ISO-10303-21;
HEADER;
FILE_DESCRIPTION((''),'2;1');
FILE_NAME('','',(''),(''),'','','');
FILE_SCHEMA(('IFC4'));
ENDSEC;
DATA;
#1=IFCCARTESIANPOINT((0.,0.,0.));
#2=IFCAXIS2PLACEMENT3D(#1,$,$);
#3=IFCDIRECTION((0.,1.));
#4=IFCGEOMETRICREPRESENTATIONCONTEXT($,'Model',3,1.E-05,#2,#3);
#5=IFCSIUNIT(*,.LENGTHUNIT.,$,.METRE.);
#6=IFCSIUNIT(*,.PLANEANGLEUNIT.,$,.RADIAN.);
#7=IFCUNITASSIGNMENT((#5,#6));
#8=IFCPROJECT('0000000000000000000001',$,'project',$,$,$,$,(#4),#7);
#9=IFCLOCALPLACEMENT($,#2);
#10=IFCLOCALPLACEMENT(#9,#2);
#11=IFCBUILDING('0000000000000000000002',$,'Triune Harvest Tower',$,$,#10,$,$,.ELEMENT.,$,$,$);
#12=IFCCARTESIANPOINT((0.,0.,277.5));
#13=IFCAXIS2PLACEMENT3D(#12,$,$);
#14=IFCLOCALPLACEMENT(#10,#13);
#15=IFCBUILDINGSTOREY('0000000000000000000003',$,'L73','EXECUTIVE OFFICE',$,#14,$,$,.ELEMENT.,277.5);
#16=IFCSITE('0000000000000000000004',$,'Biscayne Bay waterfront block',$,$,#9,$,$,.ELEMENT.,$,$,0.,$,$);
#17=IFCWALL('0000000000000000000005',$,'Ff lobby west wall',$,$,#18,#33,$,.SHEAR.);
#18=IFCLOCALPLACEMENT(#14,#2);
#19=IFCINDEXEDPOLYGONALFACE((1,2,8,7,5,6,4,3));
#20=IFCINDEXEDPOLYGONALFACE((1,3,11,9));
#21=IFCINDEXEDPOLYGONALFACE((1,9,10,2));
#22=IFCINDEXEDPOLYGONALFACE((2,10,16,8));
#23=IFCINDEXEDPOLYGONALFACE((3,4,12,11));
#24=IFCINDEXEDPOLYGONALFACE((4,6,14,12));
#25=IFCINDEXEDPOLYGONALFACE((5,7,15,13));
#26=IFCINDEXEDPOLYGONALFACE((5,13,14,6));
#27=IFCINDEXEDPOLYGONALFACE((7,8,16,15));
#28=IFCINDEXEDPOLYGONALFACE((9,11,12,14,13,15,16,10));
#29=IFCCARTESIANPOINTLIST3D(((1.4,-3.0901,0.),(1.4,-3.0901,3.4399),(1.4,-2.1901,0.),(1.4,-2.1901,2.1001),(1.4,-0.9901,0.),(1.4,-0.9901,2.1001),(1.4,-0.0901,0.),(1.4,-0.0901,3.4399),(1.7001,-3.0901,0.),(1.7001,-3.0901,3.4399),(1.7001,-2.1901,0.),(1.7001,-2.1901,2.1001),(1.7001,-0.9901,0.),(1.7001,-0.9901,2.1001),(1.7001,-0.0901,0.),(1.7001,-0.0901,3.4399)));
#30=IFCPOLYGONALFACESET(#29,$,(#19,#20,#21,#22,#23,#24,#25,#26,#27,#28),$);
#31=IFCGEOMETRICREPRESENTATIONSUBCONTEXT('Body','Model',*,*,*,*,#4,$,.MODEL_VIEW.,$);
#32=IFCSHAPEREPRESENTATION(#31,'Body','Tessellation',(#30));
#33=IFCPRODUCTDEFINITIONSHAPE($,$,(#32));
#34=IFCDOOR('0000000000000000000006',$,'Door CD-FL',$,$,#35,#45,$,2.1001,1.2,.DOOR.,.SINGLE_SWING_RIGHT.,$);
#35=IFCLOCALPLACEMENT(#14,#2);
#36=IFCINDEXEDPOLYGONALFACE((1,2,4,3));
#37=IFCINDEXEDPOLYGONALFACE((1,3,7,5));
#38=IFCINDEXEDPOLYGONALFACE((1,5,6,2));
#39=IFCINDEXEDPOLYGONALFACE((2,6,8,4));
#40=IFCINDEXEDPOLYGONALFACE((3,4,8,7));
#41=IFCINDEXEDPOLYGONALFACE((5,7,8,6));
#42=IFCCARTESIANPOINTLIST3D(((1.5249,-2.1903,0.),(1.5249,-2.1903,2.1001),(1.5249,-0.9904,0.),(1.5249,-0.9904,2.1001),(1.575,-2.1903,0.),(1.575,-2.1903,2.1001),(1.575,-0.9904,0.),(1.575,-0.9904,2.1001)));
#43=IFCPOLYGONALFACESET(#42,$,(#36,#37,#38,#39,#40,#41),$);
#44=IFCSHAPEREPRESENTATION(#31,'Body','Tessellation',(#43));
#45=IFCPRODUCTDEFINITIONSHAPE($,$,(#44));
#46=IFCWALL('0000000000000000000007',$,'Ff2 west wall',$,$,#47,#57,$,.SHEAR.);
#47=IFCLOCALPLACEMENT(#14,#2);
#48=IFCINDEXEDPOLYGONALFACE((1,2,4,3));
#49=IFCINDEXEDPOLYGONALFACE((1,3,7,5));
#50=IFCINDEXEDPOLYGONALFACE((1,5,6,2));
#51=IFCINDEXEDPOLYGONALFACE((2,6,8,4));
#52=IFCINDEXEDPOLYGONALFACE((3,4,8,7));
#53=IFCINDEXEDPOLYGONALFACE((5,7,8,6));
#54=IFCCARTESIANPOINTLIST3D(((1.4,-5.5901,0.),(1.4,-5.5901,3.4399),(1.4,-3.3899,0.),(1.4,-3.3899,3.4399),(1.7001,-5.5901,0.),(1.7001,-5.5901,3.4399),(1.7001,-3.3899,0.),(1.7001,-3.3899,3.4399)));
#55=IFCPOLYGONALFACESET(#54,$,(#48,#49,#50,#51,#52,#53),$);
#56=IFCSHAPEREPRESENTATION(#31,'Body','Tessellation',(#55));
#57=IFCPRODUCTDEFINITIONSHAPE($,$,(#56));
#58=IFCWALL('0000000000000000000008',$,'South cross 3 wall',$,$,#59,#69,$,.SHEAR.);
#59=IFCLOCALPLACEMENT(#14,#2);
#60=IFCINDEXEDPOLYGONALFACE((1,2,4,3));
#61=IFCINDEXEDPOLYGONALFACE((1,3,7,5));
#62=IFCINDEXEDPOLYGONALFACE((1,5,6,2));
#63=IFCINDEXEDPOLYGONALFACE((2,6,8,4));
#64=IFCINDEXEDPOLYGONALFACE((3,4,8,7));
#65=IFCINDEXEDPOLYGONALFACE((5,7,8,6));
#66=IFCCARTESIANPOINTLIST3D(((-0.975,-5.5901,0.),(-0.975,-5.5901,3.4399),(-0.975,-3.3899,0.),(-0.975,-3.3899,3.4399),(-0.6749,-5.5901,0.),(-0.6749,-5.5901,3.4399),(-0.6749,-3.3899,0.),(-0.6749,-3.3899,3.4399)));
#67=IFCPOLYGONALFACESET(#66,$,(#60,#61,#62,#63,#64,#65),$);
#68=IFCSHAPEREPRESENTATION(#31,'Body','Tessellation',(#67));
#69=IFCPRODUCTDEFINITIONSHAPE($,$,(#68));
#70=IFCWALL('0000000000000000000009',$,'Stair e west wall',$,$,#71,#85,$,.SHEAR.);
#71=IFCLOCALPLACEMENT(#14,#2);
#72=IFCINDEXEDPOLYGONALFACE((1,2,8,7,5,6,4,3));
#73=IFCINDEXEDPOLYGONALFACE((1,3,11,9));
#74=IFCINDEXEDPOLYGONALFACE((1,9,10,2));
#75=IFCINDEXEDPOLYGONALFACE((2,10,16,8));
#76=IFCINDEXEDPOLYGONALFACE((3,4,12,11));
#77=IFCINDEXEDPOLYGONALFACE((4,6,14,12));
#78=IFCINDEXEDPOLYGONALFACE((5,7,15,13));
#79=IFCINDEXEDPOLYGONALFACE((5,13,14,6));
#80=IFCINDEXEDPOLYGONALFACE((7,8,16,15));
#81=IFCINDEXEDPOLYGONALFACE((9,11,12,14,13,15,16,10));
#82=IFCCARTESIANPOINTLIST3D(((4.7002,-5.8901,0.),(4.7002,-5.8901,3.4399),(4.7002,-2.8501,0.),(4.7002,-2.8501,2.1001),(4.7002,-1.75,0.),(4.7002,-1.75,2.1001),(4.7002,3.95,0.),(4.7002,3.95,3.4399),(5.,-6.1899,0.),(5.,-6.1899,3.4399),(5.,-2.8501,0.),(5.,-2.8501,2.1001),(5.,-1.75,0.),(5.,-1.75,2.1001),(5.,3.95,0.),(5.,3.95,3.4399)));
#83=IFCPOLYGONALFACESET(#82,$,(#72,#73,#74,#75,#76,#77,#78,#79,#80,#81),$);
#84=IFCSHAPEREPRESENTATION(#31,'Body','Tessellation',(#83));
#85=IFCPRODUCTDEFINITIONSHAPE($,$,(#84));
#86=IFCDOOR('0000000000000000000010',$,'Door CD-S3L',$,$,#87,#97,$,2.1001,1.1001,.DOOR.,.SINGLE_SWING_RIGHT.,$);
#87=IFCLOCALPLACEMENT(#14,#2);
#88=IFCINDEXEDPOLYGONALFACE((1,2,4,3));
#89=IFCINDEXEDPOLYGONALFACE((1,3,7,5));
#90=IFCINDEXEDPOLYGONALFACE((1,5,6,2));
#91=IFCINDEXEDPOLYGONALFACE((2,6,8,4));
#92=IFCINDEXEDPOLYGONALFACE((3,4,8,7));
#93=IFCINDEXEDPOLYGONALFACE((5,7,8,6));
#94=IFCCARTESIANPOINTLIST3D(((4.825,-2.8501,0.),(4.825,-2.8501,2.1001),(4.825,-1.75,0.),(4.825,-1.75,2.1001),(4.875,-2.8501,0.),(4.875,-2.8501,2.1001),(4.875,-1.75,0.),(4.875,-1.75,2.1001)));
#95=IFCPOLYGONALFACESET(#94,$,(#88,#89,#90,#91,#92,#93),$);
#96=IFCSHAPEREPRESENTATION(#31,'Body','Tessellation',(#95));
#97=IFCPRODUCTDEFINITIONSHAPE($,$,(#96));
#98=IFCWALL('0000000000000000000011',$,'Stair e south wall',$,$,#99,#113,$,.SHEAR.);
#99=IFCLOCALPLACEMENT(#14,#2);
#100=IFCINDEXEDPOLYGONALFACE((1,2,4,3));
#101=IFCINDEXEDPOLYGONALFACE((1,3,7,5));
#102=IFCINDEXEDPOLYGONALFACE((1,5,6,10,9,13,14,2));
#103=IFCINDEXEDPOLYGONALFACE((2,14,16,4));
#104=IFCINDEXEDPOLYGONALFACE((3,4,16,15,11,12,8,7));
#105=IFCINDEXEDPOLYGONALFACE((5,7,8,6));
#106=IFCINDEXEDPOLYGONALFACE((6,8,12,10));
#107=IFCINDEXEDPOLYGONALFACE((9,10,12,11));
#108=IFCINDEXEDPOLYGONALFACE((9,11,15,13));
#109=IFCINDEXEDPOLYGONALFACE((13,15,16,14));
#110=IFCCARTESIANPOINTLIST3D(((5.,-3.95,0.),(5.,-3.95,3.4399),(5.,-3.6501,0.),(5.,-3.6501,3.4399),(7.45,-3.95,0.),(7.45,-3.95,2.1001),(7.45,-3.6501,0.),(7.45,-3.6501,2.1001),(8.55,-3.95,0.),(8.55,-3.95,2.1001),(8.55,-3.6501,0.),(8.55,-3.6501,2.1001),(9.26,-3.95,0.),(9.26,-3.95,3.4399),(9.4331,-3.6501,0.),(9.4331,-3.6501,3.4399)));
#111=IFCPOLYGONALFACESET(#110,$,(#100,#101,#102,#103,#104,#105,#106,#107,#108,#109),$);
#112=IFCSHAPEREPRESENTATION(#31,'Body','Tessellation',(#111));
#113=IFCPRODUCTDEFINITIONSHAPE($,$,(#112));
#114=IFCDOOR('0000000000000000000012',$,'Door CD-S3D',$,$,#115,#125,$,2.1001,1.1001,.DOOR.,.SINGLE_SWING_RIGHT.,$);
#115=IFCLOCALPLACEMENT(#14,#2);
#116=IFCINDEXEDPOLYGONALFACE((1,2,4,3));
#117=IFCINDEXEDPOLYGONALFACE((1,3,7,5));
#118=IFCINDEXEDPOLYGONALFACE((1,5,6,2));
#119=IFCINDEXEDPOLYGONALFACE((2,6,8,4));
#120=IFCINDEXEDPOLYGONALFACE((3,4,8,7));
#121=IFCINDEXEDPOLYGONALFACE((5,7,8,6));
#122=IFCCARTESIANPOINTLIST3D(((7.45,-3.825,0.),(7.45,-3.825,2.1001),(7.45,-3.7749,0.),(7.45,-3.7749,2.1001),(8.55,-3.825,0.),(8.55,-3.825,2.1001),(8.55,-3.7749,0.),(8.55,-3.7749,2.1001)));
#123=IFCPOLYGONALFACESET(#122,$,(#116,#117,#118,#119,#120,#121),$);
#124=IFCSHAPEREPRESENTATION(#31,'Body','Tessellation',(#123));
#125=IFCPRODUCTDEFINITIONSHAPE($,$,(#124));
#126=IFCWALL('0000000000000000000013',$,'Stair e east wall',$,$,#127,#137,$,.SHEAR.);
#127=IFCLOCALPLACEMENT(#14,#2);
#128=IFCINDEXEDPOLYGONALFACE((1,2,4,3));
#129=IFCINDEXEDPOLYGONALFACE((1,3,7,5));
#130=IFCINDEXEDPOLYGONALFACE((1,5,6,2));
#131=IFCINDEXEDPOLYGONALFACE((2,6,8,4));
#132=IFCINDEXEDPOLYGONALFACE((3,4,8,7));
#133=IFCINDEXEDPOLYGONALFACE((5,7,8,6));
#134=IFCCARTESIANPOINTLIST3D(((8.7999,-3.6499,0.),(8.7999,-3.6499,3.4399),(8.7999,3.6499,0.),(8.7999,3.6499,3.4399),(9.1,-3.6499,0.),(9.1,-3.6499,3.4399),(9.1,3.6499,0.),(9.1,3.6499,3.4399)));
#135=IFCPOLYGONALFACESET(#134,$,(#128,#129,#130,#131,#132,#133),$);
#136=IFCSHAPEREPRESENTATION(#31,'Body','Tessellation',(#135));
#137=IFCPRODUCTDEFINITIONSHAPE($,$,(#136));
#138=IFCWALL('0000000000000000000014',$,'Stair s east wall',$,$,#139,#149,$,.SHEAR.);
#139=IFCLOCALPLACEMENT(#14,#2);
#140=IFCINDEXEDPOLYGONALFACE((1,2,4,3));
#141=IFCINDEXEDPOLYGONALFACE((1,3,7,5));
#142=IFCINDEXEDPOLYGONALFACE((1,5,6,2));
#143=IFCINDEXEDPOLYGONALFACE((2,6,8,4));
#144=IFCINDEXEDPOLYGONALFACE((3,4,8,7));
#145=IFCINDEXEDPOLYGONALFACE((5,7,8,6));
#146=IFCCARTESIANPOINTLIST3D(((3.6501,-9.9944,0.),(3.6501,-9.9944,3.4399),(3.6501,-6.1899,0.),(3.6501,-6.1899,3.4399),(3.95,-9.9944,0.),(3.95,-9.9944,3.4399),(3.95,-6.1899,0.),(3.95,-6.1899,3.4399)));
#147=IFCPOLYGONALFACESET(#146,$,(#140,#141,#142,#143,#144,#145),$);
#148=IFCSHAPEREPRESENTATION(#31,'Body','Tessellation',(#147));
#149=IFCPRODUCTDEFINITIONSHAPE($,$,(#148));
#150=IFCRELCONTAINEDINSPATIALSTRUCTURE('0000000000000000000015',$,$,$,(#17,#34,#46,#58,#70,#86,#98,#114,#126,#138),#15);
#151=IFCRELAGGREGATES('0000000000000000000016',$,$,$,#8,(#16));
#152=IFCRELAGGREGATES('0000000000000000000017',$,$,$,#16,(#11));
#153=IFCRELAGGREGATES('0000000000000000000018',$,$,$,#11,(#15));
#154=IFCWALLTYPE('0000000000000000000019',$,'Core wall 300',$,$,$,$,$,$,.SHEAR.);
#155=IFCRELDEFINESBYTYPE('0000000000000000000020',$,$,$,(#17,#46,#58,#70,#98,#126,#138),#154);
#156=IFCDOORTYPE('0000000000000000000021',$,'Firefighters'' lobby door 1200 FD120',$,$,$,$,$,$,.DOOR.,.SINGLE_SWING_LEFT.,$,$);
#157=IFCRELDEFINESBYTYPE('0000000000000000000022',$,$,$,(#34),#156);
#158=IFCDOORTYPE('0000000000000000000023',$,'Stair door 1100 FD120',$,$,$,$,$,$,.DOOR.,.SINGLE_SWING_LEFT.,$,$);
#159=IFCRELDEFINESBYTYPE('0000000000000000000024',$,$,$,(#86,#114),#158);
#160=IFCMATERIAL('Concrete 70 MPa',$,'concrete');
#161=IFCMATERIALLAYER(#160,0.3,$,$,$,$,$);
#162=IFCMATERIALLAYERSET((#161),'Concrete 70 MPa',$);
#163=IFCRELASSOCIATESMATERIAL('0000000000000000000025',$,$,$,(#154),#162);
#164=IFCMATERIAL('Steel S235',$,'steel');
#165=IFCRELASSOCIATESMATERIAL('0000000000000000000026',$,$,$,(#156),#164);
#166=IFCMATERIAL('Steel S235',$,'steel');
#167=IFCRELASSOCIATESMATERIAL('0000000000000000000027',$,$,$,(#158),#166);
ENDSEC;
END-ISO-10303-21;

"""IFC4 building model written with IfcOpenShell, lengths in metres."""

from ifc_helpers import new_model, si_unit, direction, frame, frame_2d, origin, place, context, subcontext, project, spatial, polyline, rectangle, outline, extrude, source, transform, mapped, material, layer, layer_set, type_object, element, fill, save


model = new_model("IFC4")

# Units and contexts
model_context = context("Model", 3, precision=1e-05, world=origin(), true_north=direction((0.0, 1.0)))
body_context = subcontext(model_context, "Body", "Model", "MODEL_VIEW")
ifc_project = project(units=[si_unit("LENGTHUNIT", "METRE"), si_unit("PLANEANGLEUNIT", "RADIAN")], contexts=[model_context])

# Site, building, storey
site_placement = place(None, origin())
site = spatial("IfcSite", under=ifc_project, at=site_placement, Name="Biscayne Bay waterfront block", CompositionType="ELEMENT", RefElevation=0.0)
building_placement = place(site_placement, origin())
building = spatial("IfcBuilding", under=site, at=building_placement, Name="Triune Harvest Tower", CompositionType="ELEMENT")
storey_placement = place(building_placement, frame((0.0, 0.0, 277.5)))
storey = spatial("IfcBuildingStorey", under=building, at=storey_placement, Name="L73", Description="EXECUTIVE OFFICE", CompositionType="ELEMENT", Elevation=277.5)

# Shared definitions
ifc_material_1 = material(Name="Concrete 70 MPa", Category="concrete")
ifc_layer_1 = layer(ifc_material_1, 0.3)
ifc_layer_set_1 = layer_set([ifc_layer_1], Name="Concrete 70 MPa")
wall_type_1 = type_object("IfcWallType", Name="Core wall 300", PredefinedType="SHEAR", material=ifc_layer_set_1)

# Wall, opening, door
shared_shape_1 = source(origin(), body_context, "Body", "SweptSolid", [
    extrude(rectangle(XDim=3.0, YDim=0.3, at=frame_2d((1.5, 0.0))), origin(), (0.0, 0.0, 1.0), 3.4399),
])
wall_1_placement = place(storey_placement, frame((1.55, -3.0901, 0.0), z_axis=(0.0, 0.0, 1.0), x_axis=(0.0, 1.0, 0.0)))
wall_1 = element("IfcWall", 1, at=wall_1_placement, inside=storey, type_object=wall_type_1, Name="Ff lobby west wall", PredefinedType="SHEAR", context=body_context, shape_type="MappedRepresentation", body=[
    mapped(shared_shape_1, transform((0.0, 0.0, 0.0), scale=1.0)),
])
opening_1_placement = place(wall_1_placement, frame((0.8999, 0.0, 0.0)))
opening_1 = element("IfcOpeningElement", 2, at=opening_1_placement, cuts=wall_1, PredefinedType="OPENING", context=body_context, shape_type="SweptSolid", body=[
    extrude(rectangle(XDim=1.2, YDim=2.1001, at=frame_2d((0.6001, 1.05))), frame((0.0, 0.1602, 0.0), z_axis=(0.0, -1.0, 0.0), x_axis=(1.0, 0.0, 0.0)), (0.0, 0.0, 1.0), 0.3201),
])
ifc_material_2 = material(Name="Steel S235", Category="steel")
door_type_1 = type_object("IfcDoorType", Name="Firefighters' lobby door 1200 FD120", OperationType="SINGLE_SWING_LEFT", PredefinedType="DOOR", material=ifc_material_2)
door_1_placement = place(opening_1_placement, frame((1.2, 0.0, 0.0), z_axis=(0.0, 0.0, 1.0), x_axis=(-1.0, 0.0, 0.0)))
door_1 = element("IfcDoor", 3, at=door_1_placement, inside=storey, type_object=door_type_1, Name="Door CD-FL", OperationType="SINGLE_SWING_RIGHT", OverallHeight=2.1001, OverallWidth=1.2, PredefinedType="DOOR", context=body_context, shape_type="SweptSolid", body=[
    extrude(rectangle(XDim=1.2, YDim=2.1001, at=frame_2d((0.6001, 1.05))), frame((0.0, 0.0249, 0.0), z_axis=(0.0, -1.0, 0.0), x_axis=(1.0, 0.0, 0.0)), (0.0, 0.0, 1.0), 0.05),
])
fill(opening_1, door_1)

# Walls
shared_shape_2 = source(origin(), body_context, "Body", "SweptSolid", [
    extrude(rectangle(XDim=2.2002, YDim=0.3, at=frame_2d((1.1001, 0.0))), origin(), (0.0, 0.0, 1.0), 3.4399),
])
for number, where, z_axis, x_axis, name in (
    (4, (1.55, -5.5901, 0.0), (0.0, 0.0, 1.0), (0.0, 1.0, 0.0), "Ff2 west wall"),
    (5, (-0.825, -5.5901, 0.0), (0.0, 0.0, 1.0), (0.0, 1.0, 0.0), "South cross 3 wall"),
):
    element("IfcWall", number, at=place(storey_placement, frame(where, z_axis=z_axis, x_axis=x_axis)), inside=storey, type_object=wall_type_1, Name=name, PredefinedType="SHEAR", context=body_context, shape_type="MappedRepresentation", body=[
        mapped(shared_shape_2, transform((0.0, 0.0, 0.0), scale=1.0)),
    ])

# Walls, openings, doors
shared_shape_3 = source(origin(), body_context, "Body", "SweptSolid", [
    extrude(outline(polyline([(-0.1499, -0.1499), (9.99, -0.1499), (9.99, 0.1499), (0.1499, 0.1499), (-0.1499, -0.1499)])), origin(), (0.0, 0.0, 1.0), 3.4399),
])
wall_2_placement = place(storey_placement, frame((4.8501, -6.04, 0.0), z_axis=(0.0, 0.0, 1.0), x_axis=(0.0, 1.0, 0.0)))
wall_2 = element("IfcWall", 6, at=wall_2_placement, inside=storey, type_object=wall_type_1, Name="Stair e west wall", PredefinedType="SHEAR", context=body_context, shape_type="MappedRepresentation", body=[
    mapped(shared_shape_3, transform((0.0, 0.0, 0.0), scale=1.0)),
])
opening_2_placement = place(wall_2_placement, frame((3.1899, 0.0, 0.0)))
opening_2 = element("IfcOpeningElement", 7, at=opening_2_placement, cuts=wall_2, PredefinedType="OPENING", context=body_context, shape_type="SweptSolid", body=[
    extrude(rectangle(XDim=1.1001, YDim=2.1001, at=frame_2d((0.55, 1.05))), frame((0.0, 0.1602, 0.0), z_axis=(0.0, -1.0, 0.0), x_axis=(1.0, 0.0, 0.0)), (0.0, 0.0, 1.0), 0.3201),
])
ifc_material_3 = material(Name="Steel S235", Category="steel")
door_type_2 = type_object("IfcDoorType", Name="Stair door 1100 FD120", OperationType="SINGLE_SWING_LEFT", PredefinedType="DOOR", material=ifc_material_3)
door_2_placement = place(opening_2_placement, frame((1.1001, 0.0, 0.0), z_axis=(0.0, 0.0, 1.0), x_axis=(-1.0, 0.0, 0.0)))
door_2 = element("IfcDoor", 8, at=door_2_placement, inside=storey, type_object=door_type_2, Name="Door CD-S3L", OperationType="SINGLE_SWING_RIGHT", OverallHeight=2.1001, OverallWidth=1.1001, PredefinedType="DOOR", context=body_context, shape_type="SweptSolid", body=[
    extrude(rectangle(XDim=1.1001, YDim=2.1001, at=frame_2d((0.55, 1.05))), frame((0.0, 0.0249, 0.0), z_axis=(0.0, -1.0, 0.0), x_axis=(1.0, 0.0, 0.0)), (0.0, 0.0, 1.0), 0.05),
])
fill(opening_2, door_2)
shared_shape_4 = source(origin(), body_context, "Body", "SweptSolid", [
    extrude(outline(polyline([(0.0, -0.1499), (0.0, 0.1499), (4.4331, 0.1499), (4.26, -0.1499), (0.0, -0.1499)])), origin(), (0.0, 0.0, 1.0), 3.4399),
])
wall_3_placement = place(storey_placement, frame((5.0, -3.8, 0.0), z_axis=(0.0, 0.0, 1.0), x_axis=(1.0, 0.0, 0.0)))
wall_3 = element("IfcWall", 9, at=wall_3_placement, inside=storey, type_object=wall_type_1, Name="Stair e south wall", PredefinedType="SHEAR", context=body_context, shape_type="MappedRepresentation", body=[
    mapped(shared_shape_4, transform((0.0, 0.0, 0.0), scale=1.0)),
])
opening_3_placement = place(wall_3_placement, frame((2.45, 0.0, 0.0)))
opening_3 = element("IfcOpeningElement", 10, at=opening_3_placement, cuts=wall_3, PredefinedType="OPENING", context=body_context, shape_type="SweptSolid", body=[
    extrude(rectangle(XDim=1.1001, YDim=2.1001, at=frame_2d((0.55, 1.05))), frame((0.0, 0.1602, 0.0), z_axis=(0.0, -1.0, 0.0), x_axis=(1.0, 0.0, 0.0)), (0.0, 0.0, 1.0), 0.3201),
])
door_3_placement = place(opening_3_placement, frame((1.1001, 0.0, 0.0), z_axis=(0.0, 0.0, 1.0), x_axis=(-1.0, 0.0, 0.0)))
door_3 = element("IfcDoor", 11, at=door_3_placement, inside=storey, type_object=door_type_2, Name="Door CD-S3D", OperationType="SINGLE_SWING_RIGHT", OverallHeight=2.1001, OverallWidth=1.1001, PredefinedType="DOOR", context=body_context, shape_type="SweptSolid", body=[
    extrude(rectangle(XDim=1.1001, YDim=2.1001, at=frame_2d((0.55, 1.05))), frame((0.0, 0.0249, 0.0), z_axis=(0.0, -1.0, 0.0), x_axis=(1.0, 0.0, 0.0)), (0.0, 0.0, 1.0), 0.05),
])
fill(opening_3, door_3)

# Walls
shared_shape_5 = source(origin(), body_context, "Body", "SweptSolid", [
    extrude(rectangle(XDim=7.2998, YDim=0.3, at=frame_2d((3.6499, 0.0))), origin(), (0.0, 0.0, 1.0), 3.4399),
])
wall_4_placement = place(storey_placement, frame((8.95, -3.6499, 0.0), z_axis=(0.0, 0.0, 1.0), x_axis=(0.0, 1.0, 0.0)))
element("IfcWall", 12, at=wall_4_placement, inside=storey, type_object=wall_type_1, Name="Stair e east wall", PredefinedType="SHEAR", context=body_context, shape_type="MappedRepresentation", body=[
    mapped(shared_shape_5, transform((0.0, 0.0, 0.0), scale=1.0)),
])
shared_shape_6 = source(origin(), body_context, "Body", "SweptSolid", [
    extrude(outline(polyline([(3.8, -0.1499), (-0.0044, -0.1499), (-0.0044, 0.1499), (3.8, 0.1499), (3.8, -0.1499)])), origin(), (0.0, 0.0, 1.0), 3.4399),
])
wall_5_placement = place(storey_placement, frame((3.8, -9.99, 0.0), z_axis=(0.0, 0.0, 1.0), x_axis=(0.0, 1.0, 0.0)))
element("IfcWall", 13, at=wall_5_placement, inside=storey, type_object=wall_type_1, Name="Stair s east wall", PredefinedType="SHEAR", context=body_context, shape_type="MappedRepresentation", body=[
    mapped(shared_shape_6, transform((0.0, 0.0, 0.0), scale=1.0)),
])

save(model, "model.ifc")
